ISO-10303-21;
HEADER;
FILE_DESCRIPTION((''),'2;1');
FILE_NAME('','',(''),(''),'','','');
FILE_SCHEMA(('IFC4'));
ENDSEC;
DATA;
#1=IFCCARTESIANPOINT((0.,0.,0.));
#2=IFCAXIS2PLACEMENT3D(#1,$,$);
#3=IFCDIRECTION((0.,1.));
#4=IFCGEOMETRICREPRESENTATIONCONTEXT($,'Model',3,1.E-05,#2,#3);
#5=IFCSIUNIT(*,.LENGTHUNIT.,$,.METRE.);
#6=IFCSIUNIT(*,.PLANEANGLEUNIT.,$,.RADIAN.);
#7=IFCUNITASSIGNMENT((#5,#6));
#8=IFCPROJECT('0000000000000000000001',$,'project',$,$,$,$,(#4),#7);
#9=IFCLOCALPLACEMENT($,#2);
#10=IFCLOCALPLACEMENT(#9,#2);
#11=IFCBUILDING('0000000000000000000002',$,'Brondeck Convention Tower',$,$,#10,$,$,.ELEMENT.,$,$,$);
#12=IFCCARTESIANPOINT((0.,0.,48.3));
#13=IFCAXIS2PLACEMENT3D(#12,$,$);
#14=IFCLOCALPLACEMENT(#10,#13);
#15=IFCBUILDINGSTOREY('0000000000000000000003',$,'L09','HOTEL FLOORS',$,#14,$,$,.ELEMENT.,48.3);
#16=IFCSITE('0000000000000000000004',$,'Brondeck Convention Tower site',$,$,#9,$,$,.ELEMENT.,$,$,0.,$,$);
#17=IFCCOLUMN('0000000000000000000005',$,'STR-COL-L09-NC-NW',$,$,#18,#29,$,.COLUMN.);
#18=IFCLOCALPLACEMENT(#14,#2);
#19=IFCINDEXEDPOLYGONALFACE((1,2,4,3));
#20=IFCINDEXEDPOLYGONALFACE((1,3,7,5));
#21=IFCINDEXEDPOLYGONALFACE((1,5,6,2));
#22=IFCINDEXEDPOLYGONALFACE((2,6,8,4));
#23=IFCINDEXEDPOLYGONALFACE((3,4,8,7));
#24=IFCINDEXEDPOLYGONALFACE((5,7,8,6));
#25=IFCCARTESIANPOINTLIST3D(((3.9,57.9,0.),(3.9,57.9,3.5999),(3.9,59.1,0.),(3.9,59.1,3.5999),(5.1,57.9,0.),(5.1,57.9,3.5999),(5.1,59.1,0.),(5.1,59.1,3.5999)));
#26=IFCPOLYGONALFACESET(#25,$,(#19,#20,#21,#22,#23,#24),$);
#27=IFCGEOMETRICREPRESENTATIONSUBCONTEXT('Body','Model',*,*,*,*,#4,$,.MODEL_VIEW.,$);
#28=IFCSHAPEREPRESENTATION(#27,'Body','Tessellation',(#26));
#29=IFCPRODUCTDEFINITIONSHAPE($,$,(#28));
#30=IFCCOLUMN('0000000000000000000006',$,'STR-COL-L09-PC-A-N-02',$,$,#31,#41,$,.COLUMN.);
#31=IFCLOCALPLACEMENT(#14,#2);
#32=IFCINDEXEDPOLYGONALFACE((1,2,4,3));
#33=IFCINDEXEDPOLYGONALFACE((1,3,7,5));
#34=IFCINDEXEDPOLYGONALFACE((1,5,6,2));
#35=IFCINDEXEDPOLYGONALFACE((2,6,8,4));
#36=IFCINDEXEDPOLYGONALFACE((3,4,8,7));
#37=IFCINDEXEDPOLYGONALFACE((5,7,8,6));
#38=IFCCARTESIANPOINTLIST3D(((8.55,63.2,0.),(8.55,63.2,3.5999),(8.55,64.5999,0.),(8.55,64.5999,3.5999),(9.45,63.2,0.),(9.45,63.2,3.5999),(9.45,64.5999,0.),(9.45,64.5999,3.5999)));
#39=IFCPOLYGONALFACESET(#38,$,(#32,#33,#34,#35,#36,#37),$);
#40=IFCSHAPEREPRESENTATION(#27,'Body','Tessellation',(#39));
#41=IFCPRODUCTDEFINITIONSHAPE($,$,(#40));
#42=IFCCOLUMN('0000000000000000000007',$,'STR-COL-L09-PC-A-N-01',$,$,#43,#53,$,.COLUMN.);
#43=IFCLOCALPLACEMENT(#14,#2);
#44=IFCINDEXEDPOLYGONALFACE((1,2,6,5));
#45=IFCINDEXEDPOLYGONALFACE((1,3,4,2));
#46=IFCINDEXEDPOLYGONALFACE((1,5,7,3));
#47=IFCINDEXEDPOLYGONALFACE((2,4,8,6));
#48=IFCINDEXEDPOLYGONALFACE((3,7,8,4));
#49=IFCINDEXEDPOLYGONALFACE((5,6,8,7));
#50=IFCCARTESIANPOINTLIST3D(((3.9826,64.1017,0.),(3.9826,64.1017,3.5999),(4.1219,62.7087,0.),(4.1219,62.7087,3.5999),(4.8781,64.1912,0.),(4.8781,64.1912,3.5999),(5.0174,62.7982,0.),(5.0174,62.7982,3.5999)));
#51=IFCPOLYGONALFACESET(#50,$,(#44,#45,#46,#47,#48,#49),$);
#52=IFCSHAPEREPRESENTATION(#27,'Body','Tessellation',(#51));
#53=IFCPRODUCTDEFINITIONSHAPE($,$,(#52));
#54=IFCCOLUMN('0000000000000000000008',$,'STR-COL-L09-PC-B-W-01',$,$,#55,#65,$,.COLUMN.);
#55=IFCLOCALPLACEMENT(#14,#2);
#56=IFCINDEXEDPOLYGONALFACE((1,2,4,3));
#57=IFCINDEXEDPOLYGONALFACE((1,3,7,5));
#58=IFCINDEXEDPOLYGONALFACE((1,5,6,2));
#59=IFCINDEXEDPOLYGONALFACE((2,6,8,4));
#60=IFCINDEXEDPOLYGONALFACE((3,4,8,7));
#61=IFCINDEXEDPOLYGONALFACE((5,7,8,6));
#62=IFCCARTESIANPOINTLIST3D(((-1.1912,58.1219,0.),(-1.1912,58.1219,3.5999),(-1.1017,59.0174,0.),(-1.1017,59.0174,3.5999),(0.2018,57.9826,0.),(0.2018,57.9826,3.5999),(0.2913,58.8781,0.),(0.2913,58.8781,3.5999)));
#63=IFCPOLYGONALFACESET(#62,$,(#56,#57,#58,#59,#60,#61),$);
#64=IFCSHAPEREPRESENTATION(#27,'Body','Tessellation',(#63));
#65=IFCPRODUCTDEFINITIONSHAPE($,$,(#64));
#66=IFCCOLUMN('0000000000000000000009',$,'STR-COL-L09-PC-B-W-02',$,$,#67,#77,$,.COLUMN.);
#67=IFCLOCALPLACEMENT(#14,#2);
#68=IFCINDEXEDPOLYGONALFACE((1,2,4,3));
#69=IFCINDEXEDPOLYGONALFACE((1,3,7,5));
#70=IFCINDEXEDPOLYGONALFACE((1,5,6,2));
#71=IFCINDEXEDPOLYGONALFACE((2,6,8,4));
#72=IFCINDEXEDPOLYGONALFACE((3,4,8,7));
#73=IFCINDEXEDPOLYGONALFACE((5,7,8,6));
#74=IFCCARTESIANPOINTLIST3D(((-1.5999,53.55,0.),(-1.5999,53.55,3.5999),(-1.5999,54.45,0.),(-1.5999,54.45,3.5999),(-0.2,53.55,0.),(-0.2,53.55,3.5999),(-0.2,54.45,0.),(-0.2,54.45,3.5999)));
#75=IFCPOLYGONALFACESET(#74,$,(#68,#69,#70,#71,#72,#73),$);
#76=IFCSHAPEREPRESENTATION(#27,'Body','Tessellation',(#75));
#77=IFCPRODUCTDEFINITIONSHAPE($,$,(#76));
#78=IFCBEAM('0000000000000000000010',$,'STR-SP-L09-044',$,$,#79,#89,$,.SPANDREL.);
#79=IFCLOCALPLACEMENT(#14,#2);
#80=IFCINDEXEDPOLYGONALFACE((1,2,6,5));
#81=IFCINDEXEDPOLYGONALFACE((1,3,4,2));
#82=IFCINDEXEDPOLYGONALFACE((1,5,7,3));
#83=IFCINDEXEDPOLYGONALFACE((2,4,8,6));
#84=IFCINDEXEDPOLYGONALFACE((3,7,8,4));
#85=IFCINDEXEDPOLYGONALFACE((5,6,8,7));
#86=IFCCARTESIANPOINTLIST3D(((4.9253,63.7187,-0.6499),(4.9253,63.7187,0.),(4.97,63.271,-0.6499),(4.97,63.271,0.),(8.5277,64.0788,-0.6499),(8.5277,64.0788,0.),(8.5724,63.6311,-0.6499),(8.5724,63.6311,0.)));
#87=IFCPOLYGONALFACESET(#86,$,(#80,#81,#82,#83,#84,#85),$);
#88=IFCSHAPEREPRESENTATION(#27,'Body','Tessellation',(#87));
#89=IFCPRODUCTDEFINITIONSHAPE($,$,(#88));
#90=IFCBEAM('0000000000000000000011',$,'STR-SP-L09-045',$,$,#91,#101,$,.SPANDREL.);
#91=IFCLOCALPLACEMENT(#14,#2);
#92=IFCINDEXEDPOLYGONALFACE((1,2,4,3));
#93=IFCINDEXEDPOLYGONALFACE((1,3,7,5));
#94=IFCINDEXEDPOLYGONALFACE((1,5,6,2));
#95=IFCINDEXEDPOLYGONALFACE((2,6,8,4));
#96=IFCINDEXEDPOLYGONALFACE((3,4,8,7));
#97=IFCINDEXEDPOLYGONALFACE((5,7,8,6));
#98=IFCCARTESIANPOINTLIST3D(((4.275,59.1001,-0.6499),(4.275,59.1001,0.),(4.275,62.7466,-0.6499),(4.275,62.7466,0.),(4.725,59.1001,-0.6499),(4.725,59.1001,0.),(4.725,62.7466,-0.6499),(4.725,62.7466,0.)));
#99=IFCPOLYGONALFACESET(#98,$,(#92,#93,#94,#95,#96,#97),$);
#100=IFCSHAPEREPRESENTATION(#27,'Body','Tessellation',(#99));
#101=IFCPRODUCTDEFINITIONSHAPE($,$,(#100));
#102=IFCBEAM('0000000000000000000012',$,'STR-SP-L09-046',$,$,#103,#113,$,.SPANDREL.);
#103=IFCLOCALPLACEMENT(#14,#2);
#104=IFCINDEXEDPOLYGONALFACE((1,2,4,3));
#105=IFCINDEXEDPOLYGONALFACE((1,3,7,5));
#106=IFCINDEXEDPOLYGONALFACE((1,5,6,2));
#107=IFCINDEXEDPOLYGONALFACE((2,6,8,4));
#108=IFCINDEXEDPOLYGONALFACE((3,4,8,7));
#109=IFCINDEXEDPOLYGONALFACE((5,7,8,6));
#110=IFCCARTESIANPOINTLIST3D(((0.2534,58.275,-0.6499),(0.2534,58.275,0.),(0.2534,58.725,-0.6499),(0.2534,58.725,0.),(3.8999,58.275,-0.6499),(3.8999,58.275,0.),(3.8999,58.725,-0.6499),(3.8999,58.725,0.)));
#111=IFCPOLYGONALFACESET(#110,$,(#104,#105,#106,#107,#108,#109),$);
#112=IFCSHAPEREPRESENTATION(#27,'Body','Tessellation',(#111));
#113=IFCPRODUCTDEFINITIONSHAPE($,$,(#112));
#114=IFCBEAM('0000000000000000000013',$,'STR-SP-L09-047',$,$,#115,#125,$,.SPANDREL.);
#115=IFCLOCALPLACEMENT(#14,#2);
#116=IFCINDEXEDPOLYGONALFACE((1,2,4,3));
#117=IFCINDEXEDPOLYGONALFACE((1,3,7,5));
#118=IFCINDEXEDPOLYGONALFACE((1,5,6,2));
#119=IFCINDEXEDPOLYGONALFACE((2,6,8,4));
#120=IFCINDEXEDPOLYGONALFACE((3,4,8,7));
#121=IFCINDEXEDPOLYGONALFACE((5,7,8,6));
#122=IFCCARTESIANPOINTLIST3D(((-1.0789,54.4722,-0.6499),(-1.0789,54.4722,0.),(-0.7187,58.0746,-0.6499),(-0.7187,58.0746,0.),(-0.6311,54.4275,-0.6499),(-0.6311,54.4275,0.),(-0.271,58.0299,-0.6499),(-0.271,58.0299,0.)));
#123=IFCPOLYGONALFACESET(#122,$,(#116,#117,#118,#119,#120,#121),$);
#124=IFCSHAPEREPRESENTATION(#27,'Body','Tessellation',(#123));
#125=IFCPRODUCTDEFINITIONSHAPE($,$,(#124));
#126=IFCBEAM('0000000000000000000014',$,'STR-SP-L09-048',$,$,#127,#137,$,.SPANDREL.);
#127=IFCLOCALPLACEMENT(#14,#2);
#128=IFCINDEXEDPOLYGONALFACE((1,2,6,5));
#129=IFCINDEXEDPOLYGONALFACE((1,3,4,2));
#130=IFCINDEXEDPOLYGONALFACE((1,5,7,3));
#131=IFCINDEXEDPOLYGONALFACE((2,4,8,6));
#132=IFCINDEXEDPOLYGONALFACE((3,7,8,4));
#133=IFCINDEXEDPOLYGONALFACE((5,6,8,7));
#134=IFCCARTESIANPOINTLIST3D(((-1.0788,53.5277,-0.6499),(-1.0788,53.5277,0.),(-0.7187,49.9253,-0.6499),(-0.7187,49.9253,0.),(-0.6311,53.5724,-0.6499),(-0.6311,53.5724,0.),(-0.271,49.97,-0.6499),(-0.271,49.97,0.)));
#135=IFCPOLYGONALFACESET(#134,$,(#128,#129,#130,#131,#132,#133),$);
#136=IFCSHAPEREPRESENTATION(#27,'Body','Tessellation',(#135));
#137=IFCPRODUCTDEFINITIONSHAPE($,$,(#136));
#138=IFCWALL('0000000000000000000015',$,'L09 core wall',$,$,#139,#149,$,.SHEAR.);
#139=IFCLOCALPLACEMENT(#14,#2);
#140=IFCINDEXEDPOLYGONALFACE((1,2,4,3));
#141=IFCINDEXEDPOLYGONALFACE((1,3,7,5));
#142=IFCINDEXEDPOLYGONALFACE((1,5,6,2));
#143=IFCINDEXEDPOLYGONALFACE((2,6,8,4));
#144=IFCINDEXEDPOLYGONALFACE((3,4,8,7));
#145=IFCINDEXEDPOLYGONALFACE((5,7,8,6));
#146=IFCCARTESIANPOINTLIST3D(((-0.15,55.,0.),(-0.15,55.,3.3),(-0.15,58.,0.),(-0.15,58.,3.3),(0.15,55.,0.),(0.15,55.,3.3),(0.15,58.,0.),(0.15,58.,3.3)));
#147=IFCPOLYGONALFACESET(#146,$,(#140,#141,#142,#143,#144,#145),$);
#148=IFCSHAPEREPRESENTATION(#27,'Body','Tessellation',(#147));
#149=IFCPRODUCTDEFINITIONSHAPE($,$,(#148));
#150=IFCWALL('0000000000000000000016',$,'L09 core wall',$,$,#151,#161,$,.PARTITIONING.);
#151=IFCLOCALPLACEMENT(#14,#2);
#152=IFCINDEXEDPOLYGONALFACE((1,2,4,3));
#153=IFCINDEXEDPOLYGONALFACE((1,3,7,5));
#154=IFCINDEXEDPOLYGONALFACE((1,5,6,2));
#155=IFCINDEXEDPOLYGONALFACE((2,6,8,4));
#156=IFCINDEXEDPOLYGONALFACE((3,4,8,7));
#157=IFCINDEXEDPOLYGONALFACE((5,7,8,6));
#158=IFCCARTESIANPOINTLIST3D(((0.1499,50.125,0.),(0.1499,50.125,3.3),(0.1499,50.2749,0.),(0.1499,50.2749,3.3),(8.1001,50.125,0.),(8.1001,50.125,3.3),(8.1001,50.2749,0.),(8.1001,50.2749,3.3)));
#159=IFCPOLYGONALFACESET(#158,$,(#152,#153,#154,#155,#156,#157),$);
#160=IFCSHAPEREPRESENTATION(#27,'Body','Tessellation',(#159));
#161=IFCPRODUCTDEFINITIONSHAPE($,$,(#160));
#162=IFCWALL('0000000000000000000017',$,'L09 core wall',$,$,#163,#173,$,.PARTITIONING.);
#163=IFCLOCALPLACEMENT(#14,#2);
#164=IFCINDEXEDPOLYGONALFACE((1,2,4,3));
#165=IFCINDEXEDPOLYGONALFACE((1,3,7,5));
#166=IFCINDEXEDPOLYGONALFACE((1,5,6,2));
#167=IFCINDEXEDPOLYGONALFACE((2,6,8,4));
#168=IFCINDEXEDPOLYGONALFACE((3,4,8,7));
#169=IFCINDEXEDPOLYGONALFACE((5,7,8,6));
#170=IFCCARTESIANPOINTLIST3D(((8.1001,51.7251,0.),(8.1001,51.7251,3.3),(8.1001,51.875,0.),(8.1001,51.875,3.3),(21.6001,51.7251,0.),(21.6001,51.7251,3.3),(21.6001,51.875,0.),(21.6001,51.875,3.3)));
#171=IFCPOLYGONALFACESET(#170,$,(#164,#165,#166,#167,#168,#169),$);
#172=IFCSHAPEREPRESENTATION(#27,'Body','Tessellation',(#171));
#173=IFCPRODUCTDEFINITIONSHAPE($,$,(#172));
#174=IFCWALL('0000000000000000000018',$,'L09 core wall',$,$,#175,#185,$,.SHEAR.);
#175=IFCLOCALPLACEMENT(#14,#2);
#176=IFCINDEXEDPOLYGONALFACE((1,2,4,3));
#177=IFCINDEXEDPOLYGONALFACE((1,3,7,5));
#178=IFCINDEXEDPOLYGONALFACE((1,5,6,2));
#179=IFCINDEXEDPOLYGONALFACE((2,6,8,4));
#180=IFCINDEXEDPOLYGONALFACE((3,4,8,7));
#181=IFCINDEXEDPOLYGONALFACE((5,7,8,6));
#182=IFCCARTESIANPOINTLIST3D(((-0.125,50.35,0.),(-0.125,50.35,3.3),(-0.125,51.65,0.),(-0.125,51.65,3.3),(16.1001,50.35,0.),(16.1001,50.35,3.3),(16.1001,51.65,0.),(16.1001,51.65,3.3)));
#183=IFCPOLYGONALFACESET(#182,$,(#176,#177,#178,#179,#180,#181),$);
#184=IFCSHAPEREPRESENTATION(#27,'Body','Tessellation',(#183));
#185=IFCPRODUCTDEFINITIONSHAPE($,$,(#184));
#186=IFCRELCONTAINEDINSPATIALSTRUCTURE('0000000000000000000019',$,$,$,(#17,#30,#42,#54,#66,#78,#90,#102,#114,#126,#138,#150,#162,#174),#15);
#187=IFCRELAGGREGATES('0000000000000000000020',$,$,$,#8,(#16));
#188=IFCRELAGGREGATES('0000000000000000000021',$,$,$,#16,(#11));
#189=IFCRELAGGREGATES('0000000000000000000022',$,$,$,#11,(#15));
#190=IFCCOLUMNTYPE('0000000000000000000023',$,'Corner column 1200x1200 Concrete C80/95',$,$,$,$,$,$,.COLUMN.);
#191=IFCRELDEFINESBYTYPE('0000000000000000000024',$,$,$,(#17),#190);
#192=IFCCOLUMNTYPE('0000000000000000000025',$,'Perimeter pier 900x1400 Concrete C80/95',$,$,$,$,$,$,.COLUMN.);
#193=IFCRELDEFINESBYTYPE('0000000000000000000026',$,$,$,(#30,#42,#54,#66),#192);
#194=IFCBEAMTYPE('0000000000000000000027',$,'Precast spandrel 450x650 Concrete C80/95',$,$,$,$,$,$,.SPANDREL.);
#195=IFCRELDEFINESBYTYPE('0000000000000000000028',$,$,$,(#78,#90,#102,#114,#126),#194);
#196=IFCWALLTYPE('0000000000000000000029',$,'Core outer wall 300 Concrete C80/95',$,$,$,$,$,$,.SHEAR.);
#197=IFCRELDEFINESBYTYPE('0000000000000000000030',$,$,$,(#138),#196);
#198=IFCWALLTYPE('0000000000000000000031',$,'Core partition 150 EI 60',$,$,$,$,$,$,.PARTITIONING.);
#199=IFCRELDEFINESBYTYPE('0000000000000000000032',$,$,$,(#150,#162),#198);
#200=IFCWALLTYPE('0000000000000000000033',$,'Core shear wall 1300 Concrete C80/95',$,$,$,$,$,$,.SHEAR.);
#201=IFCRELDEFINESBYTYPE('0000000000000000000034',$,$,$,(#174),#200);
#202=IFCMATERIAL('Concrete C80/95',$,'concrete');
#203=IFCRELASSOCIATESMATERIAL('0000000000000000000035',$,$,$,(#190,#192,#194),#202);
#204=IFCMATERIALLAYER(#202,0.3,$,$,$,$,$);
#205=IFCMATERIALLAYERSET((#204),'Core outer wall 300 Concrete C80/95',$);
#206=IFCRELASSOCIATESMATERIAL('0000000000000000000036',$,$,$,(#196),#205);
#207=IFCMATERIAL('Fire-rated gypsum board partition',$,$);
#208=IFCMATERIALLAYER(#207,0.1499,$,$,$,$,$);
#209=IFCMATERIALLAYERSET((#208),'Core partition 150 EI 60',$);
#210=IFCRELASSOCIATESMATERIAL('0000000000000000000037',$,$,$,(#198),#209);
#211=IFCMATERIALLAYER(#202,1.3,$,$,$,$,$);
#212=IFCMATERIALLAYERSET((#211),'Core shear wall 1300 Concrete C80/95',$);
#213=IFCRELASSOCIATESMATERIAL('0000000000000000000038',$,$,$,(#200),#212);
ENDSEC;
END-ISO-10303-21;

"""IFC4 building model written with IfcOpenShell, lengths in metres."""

from ifc_helpers import new_model, si_unit, direction, frame, frame_2d, origin, origin_2d, place, context, subcontext, project, spatial, rectangle, extrude, material, layer, layer_set, material_profile, profile_set, type_object, element, save


model = new_model("IFC4")

# Units and contexts
model_context = context("Model", 3, precision=1e-05, world=origin(), true_north=direction((0.0, 1.0)))
body_context = subcontext(model_context, "Body", "Model", "MODEL_VIEW")
ifc_project = project(units=[si_unit("LENGTHUNIT", "METRE"), si_unit("PLANEANGLEUNIT", "RADIAN")], contexts=[model_context])

# Site, building, storey
site_placement = place(None, origin())
site = spatial("IfcSite", under=ifc_project, at=site_placement, Name="Brondeck Convention Tower site", CompositionType="ELEMENT", RefElevation=0.0)
building_placement = place(site_placement, origin())
building = spatial("IfcBuilding", under=site, at=building_placement, Name="Brondeck Convention Tower", CompositionType="ELEMENT")
storey_placement = place(building_placement, frame((0.0, 0.0, 48.3)))
storey = spatial("IfcBuildingStorey", under=building, at=storey_placement, Name="L09", Description="HOTEL FLOORS", CompositionType="ELEMENT", Elevation=48.3)

# Columns
ifc_material_1 = material(Name="Concrete C80/95", Category="concrete")
ifc_material_profile_1 = material_profile(ifc_material_1, rectangle(XDim=1.2, YDim=1.2, at=origin_2d()), Name="Corner column 1200x1200 Concrete C80/95")
ifc_profile_set_1 = profile_set([ifc_material_profile_1], Name="Concrete C80/95")
column_type_1 = type_object("IfcColumnType", Name="Corner column 1200x1200 Concrete C80/95", PredefinedType="COLUMN", material=ifc_profile_set_1)
column_placement = place(storey_placement, frame((4.5, 58.5, 0.0), z_axis=(0.0, 0.0, 1.0), x_axis=(1.0, 0.0, 0.0)))
element("IfcColumn", 1, at=column_placement, inside=storey, type_object=column_type_1, Name="STR-COL-L09-NC-NW", PredefinedType="COLUMN", context=body_context, shape_type="SweptSolid", body=[
    extrude(rectangle(XDim=1.2, YDim=1.2, at=origin_2d()), origin(), (0.0, 0.0, 1.0), 3.5999),
])
ifc_material_profile_2 = material_profile(ifc_material_1, rectangle(XDim=0.8999, YDim=1.3999, at=origin_2d()), Name="Perimeter pier 900x1400 Concrete C80/95")
ifc_profile_set_2 = profile_set([ifc_material_profile_2], Name="Concrete C80/95")
column_type_2 = type_object("IfcColumnType", Name="Perimeter pier 900x1400 Concrete C80/95", PredefinedType="COLUMN", material=ifc_profile_set_2)
for number, where, z_axis, x_axis, name in (
    (2, (9.0, 63.8999, 0.0), (0.0, 0.0, 1.0), (-1.0, 0.0, 0.0), "STR-COL-L09-PC-A-N-02"),
    (3, (4.5, 63.45, 0.0), (0.0, 0.0, 1.0), (-0.995037, -0.099504, 0.0), "STR-COL-L09-PC-A-N-01"),
    (4, (-0.45, 58.5, 0.0), (0.0, 0.0, 1.0), (-0.099504, -0.995037, 0.0), "STR-COL-L09-PC-B-W-01"),
    (5, (-0.8999, 54.0, 0.0), (0.0, 0.0, 1.0), (0.0, -1.0, 0.0), "STR-COL-L09-PC-B-W-02"),
):
    element("IfcColumn", number, at=place(storey_placement, frame(where, z_axis=z_axis, x_axis=x_axis)), inside=storey, type_object=column_type_2, Name=name, PredefinedType="COLUMN", context=body_context, shape_type="SweptSolid", body=[
        extrude(rectangle(XDim=0.8999, YDim=1.3999, at=origin_2d()), origin(), (0.0, 0.0, 1.0), 3.5999),
    ])

# Beams
ifc_material_profile_3 = material_profile(ifc_material_1, rectangle(XDim=0.45, YDim=0.6499, at=origin_2d()), Name="Precast spandrel 450x650 Concrete C80/95")
ifc_profile_set_3 = profile_set([ifc_material_profile_3], Name="Concrete C80/95")
beam_type = type_object("IfcBeamType", Name="Precast spandrel 450x650 Concrete C80/95", PredefinedType="SPANDREL", material=ifc_profile_set_3)
beam_placement = place(storey_placement, frame((8.55, 63.855, -0.325), z_axis=(-0.995041, -0.09947, 0.0), x_axis=(0.09947, -0.995041, 0.0)))
element("IfcBeam", 6, at=beam_placement, inside=storey, type_object=beam_type, Name="STR-SP-L09-044", PredefinedType="SPANDREL", context=body_context, shape_type="SweptSolid", body=[
    extrude(rectangle(XDim=0.45, YDim=0.6499, at=origin_2d()), origin(), (0.0, 0.0, 1.0), 3.6204),
])
for number, where, z_axis, x_axis, name in (
    (7, (4.5, 62.7466, -0.325), (0.0, -1.0, 0.0), (1.0, 0.0, 0.0), "STR-SP-L09-045"),
    (8, (3.8999, 58.5, -0.325), (-1.0, 0.0, 0.0), (0.0, -1.0, 0.0), "STR-SP-L09-046"),
):
    element("IfcBeam", number, at=place(storey_placement, frame(where, z_axis=z_axis, x_axis=x_axis)), inside=storey, type_object=beam_type, Name=name, PredefinedType="SPANDREL", context=body_context, shape_type="SweptSolid", body=[
        extrude(rectangle(XDim=0.45, YDim=0.6499, at=origin_2d()), origin(), (0.0, 0.0, 1.0), 3.6465),
    ])
for number, where, z_axis, x_axis, name in (
    (9, (-0.4949, 58.0522, -0.325), (-0.09947, -0.995041, 0.0), (0.995041, -0.09947, 0.0), "STR-SP-L09-047"),
    (10, (-0.855, 53.55, -0.325), (0.09947, -0.995041, 0.0), (0.995041, 0.09947, 0.0), "STR-SP-L09-048"),
):
    element("IfcBeam", number, at=place(storey_placement, frame(where, z_axis=z_axis, x_axis=x_axis)), inside=storey, type_object=beam_type, Name=name, PredefinedType="SPANDREL", context=body_context, shape_type="SweptSolid", body=[
        extrude(rectangle(XDim=0.45, YDim=0.6499, at=origin_2d()), origin(), (0.0, 0.0, 1.0), 3.6204),
    ])

# Walls
ifc_layer_1 = layer(ifc_material_1, 0.3)
ifc_layer_set_1 = layer_set([ifc_layer_1], Name="Core outer wall 300 Concrete C80/95")
wall_type_1 = type_object("IfcWallType", Name="Core outer wall 300 Concrete C80/95", PredefinedType="SHEAR", material=ifc_layer_set_1)
wall_1_placement = place(storey_placement, frame((0.0, 55.0, 0.0), z_axis=(0.0, 0.0, 1.0), x_axis=(0.0, 1.0, 0.0)))
element("IfcWall", 11, at=wall_1_placement, inside=storey, type_object=wall_type_1, Name="L09 core wall", PredefinedType="SHEAR", context=body_context, shape_type="SweptSolid", body=[
    extrude(rectangle(XDim=3.0, YDim=0.3, at=frame_2d((1.5, 0.0))), origin(), (0.0, 0.0, 1.0), 3.3),
])
ifc_material_2 = material(Name="Fire-rated gypsum board partition")
ifc_layer_2 = layer(ifc_material_2, 0.1499)
ifc_layer_set_2 = layer_set([ifc_layer_2], Name="Core partition 150 EI 60")
wall_type_2 = type_object("IfcWallType", Name="Core partition 150 EI 60", PredefinedType="PARTITIONING", material=ifc_layer_set_2)
wall_2_placement = place(storey_placement, frame((0.1499, 50.2, 0.0), z_axis=(0.0, 0.0, 1.0), x_axis=(1.0, 0.0, 0.0)))
element("IfcWall", 12, at=wall_2_placement, inside=storey, type_object=wall_type_2, Name="L09 core wall", PredefinedType="PARTITIONING", context=body_context, shape_type="SweptSolid", body=[
    extrude(rectangle(XDim=7.9502, YDim=0.1499, at=frame_2d((3.9751, 0.0))), origin(), (0.0, 0.0, 1.0), 3.3),
])
wall_3_placement = place(storey_placement, frame((8.1001, 51.8, 0.0), z_axis=(0.0, 0.0, 1.0), x_axis=(1.0, 0.0, 0.0)))
element("IfcWall", 13, at=wall_3_placement, inside=storey, type_object=wall_type_2, Name="L09 core wall", PredefinedType="PARTITIONING", context=body_context, shape_type="SweptSolid", body=[
    extrude(rectangle(XDim=13.5, YDim=0.1499, at=frame_2d((6.75, 0.0))), origin(), (0.0, 0.0, 1.0), 3.3),
])
ifc_layer_3 = layer(ifc_material_1, 1.3)
ifc_layer_set_3 = layer_set([ifc_layer_3], Name="Core shear wall 1300 Concrete C80/95")
wall_type_3 = type_object("IfcWallType", Name="Core shear wall 1300 Concrete C80/95", PredefinedType="SHEAR", material=ifc_layer_set_3)
wall_4_placement = place(storey_placement, frame((-0.125, 51.0, 0.0), z_axis=(0.0, 0.0, 1.0), x_axis=(1.0, 0.0, 0.0)))
element("IfcWall", 14, at=wall_4_placement, inside=storey, type_object=wall_type_3, Name="L09 core wall", PredefinedType="SHEAR", context=body_context, shape_type="SweptSolid", body=[
    extrude(rectangle(XDim=16.2251, YDim=1.3, at=frame_2d((8.1125, 0.0))), origin(), (0.0, 0.0, 1.0), 3.3),
])

save(model, "model.ifc")
